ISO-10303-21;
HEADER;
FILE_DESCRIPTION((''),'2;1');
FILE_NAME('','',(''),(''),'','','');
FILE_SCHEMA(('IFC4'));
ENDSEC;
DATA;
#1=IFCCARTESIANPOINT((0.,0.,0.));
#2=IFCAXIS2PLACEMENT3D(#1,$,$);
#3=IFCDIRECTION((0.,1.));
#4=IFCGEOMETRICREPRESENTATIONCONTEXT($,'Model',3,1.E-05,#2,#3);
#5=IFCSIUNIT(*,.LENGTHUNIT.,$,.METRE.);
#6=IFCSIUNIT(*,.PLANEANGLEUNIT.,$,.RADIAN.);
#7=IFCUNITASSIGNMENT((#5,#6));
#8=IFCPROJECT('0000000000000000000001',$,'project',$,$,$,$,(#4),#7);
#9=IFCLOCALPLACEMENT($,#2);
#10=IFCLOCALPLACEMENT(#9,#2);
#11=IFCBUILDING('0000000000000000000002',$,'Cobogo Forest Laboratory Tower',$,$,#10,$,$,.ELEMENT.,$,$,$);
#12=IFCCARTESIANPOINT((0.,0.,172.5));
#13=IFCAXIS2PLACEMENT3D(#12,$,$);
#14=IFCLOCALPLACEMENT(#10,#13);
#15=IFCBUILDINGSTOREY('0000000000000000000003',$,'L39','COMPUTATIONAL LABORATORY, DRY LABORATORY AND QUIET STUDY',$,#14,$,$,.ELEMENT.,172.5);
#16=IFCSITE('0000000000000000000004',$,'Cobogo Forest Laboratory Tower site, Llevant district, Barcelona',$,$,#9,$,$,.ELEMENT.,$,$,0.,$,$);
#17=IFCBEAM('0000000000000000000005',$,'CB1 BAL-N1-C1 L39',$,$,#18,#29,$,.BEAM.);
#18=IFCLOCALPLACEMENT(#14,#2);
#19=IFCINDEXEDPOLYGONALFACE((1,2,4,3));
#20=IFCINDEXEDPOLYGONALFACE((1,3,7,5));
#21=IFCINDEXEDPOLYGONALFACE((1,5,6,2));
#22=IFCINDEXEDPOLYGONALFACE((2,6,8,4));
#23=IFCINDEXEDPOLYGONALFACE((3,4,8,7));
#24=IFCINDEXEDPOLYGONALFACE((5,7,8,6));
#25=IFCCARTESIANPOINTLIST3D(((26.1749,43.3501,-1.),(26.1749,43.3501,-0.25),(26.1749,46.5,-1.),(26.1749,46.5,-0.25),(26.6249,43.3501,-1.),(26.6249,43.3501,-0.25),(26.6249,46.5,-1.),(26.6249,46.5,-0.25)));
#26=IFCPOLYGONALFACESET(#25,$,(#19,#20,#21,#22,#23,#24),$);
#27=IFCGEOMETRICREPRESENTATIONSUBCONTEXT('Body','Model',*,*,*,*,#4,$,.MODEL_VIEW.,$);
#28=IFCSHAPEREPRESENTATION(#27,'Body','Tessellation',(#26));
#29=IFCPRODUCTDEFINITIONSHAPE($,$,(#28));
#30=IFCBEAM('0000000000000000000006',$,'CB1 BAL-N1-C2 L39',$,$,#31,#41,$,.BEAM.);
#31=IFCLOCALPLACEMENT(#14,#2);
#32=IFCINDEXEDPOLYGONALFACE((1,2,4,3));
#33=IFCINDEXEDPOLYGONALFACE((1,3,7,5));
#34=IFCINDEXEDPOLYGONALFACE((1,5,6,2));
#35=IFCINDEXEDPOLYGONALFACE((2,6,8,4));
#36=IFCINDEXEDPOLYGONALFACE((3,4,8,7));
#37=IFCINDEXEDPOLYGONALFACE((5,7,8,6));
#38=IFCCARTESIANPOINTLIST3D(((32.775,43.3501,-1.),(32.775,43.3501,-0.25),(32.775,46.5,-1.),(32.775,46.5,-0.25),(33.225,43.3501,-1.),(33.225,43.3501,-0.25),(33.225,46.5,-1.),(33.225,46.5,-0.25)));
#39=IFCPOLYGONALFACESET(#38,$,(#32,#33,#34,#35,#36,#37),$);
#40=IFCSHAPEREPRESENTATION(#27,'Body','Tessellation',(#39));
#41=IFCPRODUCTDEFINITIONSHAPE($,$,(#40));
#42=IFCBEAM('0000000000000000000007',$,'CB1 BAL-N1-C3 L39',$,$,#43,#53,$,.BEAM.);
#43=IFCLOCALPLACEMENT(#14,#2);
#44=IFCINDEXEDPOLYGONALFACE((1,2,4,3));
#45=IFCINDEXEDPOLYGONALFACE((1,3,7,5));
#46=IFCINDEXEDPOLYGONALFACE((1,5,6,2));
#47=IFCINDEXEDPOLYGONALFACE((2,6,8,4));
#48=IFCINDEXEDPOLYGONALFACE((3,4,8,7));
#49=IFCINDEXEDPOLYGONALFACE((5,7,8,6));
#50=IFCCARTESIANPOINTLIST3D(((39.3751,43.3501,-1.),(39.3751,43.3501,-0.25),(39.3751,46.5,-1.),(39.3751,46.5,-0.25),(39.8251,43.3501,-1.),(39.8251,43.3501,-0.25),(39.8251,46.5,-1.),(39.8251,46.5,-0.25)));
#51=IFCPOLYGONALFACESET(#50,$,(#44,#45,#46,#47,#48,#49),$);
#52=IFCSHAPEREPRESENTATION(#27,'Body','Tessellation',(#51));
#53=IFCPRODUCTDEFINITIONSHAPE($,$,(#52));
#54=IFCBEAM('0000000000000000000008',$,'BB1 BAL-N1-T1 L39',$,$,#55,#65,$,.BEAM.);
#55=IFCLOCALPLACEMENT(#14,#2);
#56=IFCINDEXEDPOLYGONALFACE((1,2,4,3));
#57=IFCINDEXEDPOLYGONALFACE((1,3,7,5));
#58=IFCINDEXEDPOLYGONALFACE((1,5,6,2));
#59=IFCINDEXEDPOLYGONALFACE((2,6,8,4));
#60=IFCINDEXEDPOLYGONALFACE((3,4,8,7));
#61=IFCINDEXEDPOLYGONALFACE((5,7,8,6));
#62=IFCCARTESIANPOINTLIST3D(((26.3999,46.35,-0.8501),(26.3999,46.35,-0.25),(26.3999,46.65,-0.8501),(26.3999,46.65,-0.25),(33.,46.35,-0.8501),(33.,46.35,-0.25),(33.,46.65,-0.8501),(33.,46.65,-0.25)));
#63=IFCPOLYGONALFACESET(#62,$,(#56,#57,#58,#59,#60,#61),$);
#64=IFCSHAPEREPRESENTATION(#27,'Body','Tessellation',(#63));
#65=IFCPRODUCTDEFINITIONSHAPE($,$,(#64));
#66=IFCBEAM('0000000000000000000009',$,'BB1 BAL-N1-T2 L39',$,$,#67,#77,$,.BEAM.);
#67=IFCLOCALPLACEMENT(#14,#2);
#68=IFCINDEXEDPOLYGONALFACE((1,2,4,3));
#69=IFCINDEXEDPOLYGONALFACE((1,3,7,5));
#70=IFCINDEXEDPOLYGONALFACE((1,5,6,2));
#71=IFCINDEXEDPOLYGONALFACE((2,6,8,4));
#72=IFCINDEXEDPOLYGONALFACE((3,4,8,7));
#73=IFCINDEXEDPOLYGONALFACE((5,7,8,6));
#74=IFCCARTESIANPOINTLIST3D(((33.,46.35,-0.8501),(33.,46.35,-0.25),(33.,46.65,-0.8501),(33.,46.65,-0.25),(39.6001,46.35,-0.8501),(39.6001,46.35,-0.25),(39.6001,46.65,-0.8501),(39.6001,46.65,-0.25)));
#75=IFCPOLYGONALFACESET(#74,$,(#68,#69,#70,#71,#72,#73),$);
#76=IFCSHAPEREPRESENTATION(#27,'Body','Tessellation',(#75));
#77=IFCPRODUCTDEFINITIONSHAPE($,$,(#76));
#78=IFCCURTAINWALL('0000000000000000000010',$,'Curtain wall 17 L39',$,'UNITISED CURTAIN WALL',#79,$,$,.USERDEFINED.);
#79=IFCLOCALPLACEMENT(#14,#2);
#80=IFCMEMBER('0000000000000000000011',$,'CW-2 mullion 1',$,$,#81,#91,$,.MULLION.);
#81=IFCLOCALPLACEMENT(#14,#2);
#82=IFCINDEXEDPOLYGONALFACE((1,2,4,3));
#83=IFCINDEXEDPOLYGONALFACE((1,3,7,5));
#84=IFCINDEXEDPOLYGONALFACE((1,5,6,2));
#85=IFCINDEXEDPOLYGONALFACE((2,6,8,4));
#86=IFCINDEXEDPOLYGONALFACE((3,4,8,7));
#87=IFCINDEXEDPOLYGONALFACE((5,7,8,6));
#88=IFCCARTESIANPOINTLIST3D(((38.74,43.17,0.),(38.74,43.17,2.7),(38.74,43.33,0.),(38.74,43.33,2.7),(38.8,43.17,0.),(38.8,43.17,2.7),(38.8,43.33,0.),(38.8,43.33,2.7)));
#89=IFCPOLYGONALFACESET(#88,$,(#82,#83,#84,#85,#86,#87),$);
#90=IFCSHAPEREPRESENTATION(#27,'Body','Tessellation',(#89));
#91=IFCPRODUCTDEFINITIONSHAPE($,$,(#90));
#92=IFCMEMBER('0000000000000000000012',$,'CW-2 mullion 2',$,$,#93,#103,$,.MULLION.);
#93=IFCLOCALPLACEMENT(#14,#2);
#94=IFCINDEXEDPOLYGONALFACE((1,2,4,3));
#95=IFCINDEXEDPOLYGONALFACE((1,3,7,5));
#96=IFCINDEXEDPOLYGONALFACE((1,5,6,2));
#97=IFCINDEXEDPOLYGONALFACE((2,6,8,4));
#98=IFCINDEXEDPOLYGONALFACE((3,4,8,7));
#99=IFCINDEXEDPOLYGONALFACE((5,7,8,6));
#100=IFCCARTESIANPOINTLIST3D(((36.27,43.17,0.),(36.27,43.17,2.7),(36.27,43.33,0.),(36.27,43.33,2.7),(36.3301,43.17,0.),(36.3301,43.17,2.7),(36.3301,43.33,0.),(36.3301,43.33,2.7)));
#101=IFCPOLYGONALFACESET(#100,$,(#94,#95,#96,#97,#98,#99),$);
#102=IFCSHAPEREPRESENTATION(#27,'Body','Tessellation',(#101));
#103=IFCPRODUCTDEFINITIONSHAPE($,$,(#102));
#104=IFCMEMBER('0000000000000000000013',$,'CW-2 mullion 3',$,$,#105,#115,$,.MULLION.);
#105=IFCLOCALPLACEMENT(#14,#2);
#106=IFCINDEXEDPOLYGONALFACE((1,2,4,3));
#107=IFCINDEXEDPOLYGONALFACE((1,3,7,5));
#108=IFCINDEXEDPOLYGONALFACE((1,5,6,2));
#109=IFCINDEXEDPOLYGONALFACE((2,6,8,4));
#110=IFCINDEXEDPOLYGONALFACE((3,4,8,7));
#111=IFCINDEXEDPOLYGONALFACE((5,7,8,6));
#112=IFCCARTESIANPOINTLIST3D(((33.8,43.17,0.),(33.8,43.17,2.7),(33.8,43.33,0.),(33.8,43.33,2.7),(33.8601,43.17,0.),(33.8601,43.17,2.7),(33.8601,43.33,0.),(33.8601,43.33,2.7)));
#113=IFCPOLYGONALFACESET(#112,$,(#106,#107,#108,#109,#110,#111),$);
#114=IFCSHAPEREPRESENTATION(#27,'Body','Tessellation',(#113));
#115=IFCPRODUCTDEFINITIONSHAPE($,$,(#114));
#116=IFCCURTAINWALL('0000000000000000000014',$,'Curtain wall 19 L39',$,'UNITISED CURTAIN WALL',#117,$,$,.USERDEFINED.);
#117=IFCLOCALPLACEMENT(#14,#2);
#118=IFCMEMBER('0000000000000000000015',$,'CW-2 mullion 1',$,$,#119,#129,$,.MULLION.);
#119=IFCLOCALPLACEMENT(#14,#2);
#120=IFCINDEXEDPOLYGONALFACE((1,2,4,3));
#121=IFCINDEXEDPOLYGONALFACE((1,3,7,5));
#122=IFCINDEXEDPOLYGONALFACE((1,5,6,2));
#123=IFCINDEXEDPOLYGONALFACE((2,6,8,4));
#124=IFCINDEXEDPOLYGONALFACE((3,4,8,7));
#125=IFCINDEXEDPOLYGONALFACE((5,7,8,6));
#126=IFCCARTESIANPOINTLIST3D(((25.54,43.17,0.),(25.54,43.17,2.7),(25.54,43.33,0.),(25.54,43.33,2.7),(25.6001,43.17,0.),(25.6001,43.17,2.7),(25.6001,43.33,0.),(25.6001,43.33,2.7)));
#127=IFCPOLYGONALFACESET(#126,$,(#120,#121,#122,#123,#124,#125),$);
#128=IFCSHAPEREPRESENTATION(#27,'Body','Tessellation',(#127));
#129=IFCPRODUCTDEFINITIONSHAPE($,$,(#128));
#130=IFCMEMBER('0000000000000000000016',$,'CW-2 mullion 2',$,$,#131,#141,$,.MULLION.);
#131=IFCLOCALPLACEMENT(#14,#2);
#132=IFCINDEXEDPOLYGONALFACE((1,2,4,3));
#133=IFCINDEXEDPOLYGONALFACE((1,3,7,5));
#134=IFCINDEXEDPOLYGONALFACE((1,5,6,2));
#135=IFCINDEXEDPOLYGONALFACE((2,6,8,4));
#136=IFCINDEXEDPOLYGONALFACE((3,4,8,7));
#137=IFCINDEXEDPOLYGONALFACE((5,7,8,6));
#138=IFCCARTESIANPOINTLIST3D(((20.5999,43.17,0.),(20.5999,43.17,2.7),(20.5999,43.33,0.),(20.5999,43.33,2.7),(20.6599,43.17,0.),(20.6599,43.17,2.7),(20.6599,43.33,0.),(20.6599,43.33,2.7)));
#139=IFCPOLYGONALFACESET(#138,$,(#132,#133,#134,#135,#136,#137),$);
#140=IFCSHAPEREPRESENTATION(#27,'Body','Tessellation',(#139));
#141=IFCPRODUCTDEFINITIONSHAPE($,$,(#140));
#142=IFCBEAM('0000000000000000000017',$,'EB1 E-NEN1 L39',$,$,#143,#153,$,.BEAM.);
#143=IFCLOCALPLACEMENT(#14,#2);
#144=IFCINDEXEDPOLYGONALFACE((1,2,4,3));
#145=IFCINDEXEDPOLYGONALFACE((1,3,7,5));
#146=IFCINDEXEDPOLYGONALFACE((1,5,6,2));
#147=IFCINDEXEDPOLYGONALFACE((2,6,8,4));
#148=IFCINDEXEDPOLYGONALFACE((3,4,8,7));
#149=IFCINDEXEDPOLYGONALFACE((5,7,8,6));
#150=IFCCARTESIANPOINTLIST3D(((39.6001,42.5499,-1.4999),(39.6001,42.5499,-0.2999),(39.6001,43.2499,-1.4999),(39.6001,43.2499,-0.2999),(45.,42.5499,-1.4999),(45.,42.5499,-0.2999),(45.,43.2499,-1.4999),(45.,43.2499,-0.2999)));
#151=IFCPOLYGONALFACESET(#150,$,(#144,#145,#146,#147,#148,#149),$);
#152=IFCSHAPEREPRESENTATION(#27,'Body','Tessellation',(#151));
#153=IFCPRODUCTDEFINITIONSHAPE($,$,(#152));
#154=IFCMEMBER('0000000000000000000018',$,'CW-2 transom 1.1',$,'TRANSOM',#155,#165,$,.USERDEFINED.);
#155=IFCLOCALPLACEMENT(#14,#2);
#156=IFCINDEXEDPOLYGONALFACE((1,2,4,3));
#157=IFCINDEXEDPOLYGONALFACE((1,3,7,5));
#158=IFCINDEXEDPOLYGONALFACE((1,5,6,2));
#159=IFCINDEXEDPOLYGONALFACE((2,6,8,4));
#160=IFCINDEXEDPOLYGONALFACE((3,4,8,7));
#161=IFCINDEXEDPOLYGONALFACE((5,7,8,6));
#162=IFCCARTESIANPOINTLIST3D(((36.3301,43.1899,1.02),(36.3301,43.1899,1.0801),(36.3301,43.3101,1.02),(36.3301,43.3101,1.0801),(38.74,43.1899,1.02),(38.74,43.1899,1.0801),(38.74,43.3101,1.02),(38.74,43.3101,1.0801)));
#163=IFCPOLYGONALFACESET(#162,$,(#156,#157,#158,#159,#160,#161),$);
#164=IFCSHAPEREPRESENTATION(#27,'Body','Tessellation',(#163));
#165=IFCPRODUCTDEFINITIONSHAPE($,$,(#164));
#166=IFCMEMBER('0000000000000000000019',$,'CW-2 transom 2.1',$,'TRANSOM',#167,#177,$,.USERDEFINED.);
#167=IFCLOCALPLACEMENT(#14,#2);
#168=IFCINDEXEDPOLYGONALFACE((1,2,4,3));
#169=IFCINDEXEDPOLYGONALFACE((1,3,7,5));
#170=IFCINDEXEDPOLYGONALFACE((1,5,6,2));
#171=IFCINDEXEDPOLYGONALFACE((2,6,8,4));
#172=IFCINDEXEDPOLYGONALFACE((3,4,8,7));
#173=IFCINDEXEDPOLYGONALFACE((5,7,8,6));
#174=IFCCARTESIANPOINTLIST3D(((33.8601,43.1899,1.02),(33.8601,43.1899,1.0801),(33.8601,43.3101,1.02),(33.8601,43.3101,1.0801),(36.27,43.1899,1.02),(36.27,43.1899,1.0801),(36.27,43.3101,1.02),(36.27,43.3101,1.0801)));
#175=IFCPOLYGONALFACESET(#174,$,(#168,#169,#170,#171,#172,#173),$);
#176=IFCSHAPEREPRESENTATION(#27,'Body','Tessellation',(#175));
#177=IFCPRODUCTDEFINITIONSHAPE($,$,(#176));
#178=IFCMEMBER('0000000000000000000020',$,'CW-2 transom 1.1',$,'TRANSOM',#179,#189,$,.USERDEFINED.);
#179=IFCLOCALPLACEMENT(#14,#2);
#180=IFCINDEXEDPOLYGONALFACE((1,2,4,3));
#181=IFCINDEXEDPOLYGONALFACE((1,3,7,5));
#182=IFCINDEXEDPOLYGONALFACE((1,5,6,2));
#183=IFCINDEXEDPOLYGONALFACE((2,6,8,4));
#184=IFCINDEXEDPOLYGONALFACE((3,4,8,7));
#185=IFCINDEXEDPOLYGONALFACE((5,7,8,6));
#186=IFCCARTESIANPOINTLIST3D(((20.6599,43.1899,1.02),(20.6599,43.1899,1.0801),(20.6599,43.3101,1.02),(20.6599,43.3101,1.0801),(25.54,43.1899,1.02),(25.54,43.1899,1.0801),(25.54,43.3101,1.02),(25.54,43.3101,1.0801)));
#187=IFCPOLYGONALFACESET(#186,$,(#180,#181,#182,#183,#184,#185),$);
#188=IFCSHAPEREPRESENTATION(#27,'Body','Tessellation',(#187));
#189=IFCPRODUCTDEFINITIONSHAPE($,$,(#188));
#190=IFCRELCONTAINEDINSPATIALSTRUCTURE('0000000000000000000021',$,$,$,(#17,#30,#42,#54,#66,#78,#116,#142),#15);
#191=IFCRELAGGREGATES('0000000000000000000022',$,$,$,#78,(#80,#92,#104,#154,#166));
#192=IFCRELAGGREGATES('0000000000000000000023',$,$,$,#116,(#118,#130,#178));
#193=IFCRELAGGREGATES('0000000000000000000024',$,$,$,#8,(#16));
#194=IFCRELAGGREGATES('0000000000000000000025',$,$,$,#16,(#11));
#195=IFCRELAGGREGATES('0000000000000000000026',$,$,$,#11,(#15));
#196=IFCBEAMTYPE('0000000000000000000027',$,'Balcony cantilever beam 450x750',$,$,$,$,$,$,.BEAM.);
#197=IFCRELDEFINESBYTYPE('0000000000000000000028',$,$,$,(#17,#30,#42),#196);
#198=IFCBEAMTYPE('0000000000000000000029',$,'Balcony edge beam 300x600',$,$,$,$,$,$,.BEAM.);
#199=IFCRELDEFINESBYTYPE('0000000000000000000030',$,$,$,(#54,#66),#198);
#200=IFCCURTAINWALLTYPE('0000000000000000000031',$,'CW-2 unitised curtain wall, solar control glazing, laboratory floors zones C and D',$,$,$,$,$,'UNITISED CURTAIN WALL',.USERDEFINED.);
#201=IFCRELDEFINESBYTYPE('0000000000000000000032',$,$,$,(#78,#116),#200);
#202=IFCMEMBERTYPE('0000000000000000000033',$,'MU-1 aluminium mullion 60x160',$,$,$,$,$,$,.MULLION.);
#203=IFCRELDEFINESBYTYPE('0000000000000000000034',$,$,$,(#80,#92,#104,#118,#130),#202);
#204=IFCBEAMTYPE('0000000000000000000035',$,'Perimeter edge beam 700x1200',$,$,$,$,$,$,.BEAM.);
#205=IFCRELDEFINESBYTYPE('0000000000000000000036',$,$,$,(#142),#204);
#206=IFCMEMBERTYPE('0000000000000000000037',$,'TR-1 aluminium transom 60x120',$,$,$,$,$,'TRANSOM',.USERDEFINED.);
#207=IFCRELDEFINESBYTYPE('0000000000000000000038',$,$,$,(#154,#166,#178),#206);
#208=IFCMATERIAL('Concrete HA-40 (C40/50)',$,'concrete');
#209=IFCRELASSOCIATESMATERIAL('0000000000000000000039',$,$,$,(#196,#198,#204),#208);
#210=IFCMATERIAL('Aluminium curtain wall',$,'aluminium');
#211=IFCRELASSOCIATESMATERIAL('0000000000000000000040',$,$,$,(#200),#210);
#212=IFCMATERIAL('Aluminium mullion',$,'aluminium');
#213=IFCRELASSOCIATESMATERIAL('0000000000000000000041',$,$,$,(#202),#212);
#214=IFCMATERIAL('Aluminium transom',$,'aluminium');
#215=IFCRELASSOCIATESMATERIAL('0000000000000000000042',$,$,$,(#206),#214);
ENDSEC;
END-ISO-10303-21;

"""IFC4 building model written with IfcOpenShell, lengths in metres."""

from ifc_helpers import new_model, si_unit, direction, frame, origin, origin_2d, place, context, subcontext, project, spatial, rectangle, extrude, material, material_profile, profile_set, type_object, element, aggregate, save


model = new_model("IFC4")

# Units and contexts
model_context = context("Model", 3, precision=1e-05, world=origin(), true_north=direction((0.0, 1.0)))
body_context = subcontext(model_context, "Body", "Model", "MODEL_VIEW")
ifc_project = project(units=[si_unit("LENGTHUNIT", "METRE"), si_unit("PLANEANGLEUNIT", "RADIAN")], contexts=[model_context])

# Site, building, storey
site_placement = place(None, origin())
site = spatial("IfcSite", under=ifc_project, at=site_placement, Name="Cobogo Forest Laboratory Tower site, Llevant district, Barcelona", CompositionType="ELEMENT", RefElevation=0.0)
building_placement = place(site_placement, origin())
building = spatial("IfcBuilding", under=site, at=building_placement, Name="Cobogo Forest Laboratory Tower", CompositionType="ELEMENT")
storey_placement = place(building_placement, frame((0.0, 0.0, 172.5)))
storey = spatial("IfcBuildingStorey", under=building, at=storey_placement, Name="L39", Description="COMPUTATIONAL LABORATORY, DRY LABORATORY AND QUIET STUDY", CompositionType="ELEMENT", Elevation=172.5)

# Beams
ifc_material_1 = material(Name="Concrete HA-40 (C40/50)", Category="concrete")
ifc_material_profile_1 = material_profile(ifc_material_1, rectangle(XDim=0.45, YDim=0.75, at=origin_2d()), Name="RC 450x750")
ifc_profile_set_1 = profile_set([ifc_material_profile_1], Name="Concrete HA-40 (C40/50)")
beam_type_1 = type_object("IfcBeamType", Name="Balcony cantilever beam 450x750", PredefinedType="BEAM", material=ifc_profile_set_1)
for number, where, z_axis, x_axis, name in (
    (1, (26.3999, 43.3501, -0.625), (0.0, 1.0, 0.0), (-1.0, 0.0, 0.0), "CB1 BAL-N1-C1 L39"),
    (2, (33.0, 43.3501, -0.625), (0.0, 1.0, 0.0), (-1.0, 0.0, 0.0), "CB1 BAL-N1-C2 L39"),
    (3, (39.6001, 43.3501, -0.625), (0.0, 1.0, 0.0), (-1.0, 0.0, 0.0), "CB1 BAL-N1-C3 L39"),
):
    element("IfcBeam", number, at=place(storey_placement, frame(where, z_axis=z_axis, x_axis=x_axis)), inside=storey, type_object=beam_type_1, Name=name, PredefinedType="BEAM", context=body_context, shape_type="SweptSolid", body=[
        extrude(rectangle(XDim=0.45, YDim=0.75, at=origin_2d()), origin(), (0.0, 0.0, 1.0), 3.1499),
    ])
ifc_material_profile_2 = material_profile(ifc_material_1, rectangle(XDim=0.3, YDim=0.6001, at=origin_2d()), Name="RC 300x600")
ifc_profile_set_2 = profile_set([ifc_material_profile_2], Name="Concrete HA-40 (C40/50)")
beam_type_2 = type_object("IfcBeamType", Name="Balcony edge beam 300x600", PredefinedType="BEAM", material=ifc_profile_set_2)
for number, where, z_axis, x_axis, name in (
    (4, (26.3999, 46.5, -0.55), (1.0, 0.0, 0.0), (0.0, 1.0, 0.0), "BB1 BAL-N1-T1 L39"),
    (5, (33.0, 46.5, -0.55), (1.0, 0.0, 0.0), (0.0, 1.0, 0.0), "BB1 BAL-N1-T2 L39"),
):
    element("IfcBeam", number, at=place(storey_placement, frame(where, z_axis=z_axis, x_axis=x_axis)), inside=storey, type_object=beam_type_2, Name=name, PredefinedType="BEAM", context=body_context, shape_type="SweptSolid", body=[
        extrude(rectangle(XDim=0.3, YDim=0.6001, at=origin_2d()), origin(), (0.0, 0.0, 1.0), 6.6001),
    ])

# Curtain walls, members
ifc_material_2 = material(Name="Aluminium curtain wall", Category="aluminium")
curtain_wall_type = type_object("IfcCurtainWallType", Name="CW-2 unitised curtain wall, solar control glazing, laboratory floors zones C and D", ElementType="UNITISED CURTAIN WALL", PredefinedType="USERDEFINED", material=ifc_material_2)
curtain_wall_1_placement = place(storey_placement, origin())
curtain_wall_1 = element("IfcCurtainWall", 6, at=curtain_wall_1_placement, inside=storey, type_object=curtain_wall_type, Name="Curtain wall 17 L39", ObjectType="UNITISED CURTAIN WALL", PredefinedType="USERDEFINED")
ifc_material_3 = material(Name="Aluminium mullion", Category="aluminium")
ifc_material_profile_3 = material_profile(ifc_material_3, rectangle(XDim=0.0601, YDim=0.1599, at=origin_2d()), Name="AL 60x160")
ifc_profile_set_3 = profile_set([ifc_material_profile_3], Name="Aluminium mullion")
member_type_1 = type_object("IfcMemberType", Name="MU-1 aluminium mullion 60x160", PredefinedType="MULLION", material=ifc_profile_set_3)
member_1_placement = place(storey_placement, frame((38.77, 43.25, 0.0), z_axis=(0.0, 0.0, 1.0), x_axis=(-1.0, 0.0, 0.0)))
member_1 = element("IfcMember", 7, at=member_1_placement, type_object=member_type_1, Name="CW-2 mullion 1", PredefinedType="MULLION", context=body_context, shape_type="SweptSolid", body=[
    extrude(rectangle(XDim=0.0601, YDim=0.1599, at=origin_2d()), origin(), (0.0, 0.0, 1.0), 2.7),
])
member_2_placement = place(storey_placement, frame((36.3, 43.25, 0.0), z_axis=(0.0, 0.0, 1.0), x_axis=(-1.0, 0.0, 0.0)))
member_2 = element("IfcMember", 8, at=member_2_placement, type_object=member_type_1, Name="CW-2 mullion 2", PredefinedType="MULLION", context=body_context, shape_type="SweptSolid", body=[
    extrude(rectangle(XDim=0.0601, YDim=0.1599, at=origin_2d()), origin(), (0.0, 0.0, 1.0), 2.7),
])
member_3_placement = place(storey_placement, frame((33.8301, 43.25, 0.0), z_axis=(0.0, 0.0, 1.0), x_axis=(-1.0, 0.0, 0.0)))
member_3 = element("IfcMember", 9, at=member_3_placement, type_object=member_type_1, Name="CW-2 mullion 3", PredefinedType="MULLION", context=body_context, shape_type="SweptSolid", body=[
    extrude(rectangle(XDim=0.0601, YDim=0.1599, at=origin_2d()), origin(), (0.0, 0.0, 1.0), 2.7),
])
curtain_wall_2_placement = place(storey_placement, origin())
curtain_wall_2 = element("IfcCurtainWall", 10, at=curtain_wall_2_placement, inside=storey, type_object=curtain_wall_type, Name="Curtain wall 19 L39", ObjectType="UNITISED CURTAIN WALL", PredefinedType="USERDEFINED")
member_4_placement = place(storey_placement, frame((25.5701, 43.25, 0.0), z_axis=(0.0, 0.0, 1.0), x_axis=(-1.0, 0.0, 0.0)))
member_4 = element("IfcMember", 11, at=member_4_placement, type_object=member_type_1, Name="CW-2 mullion 1", PredefinedType="MULLION", context=body_context, shape_type="SweptSolid", body=[
    extrude(rectangle(XDim=0.0601, YDim=0.1599, at=origin_2d()), origin(), (0.0, 0.0, 1.0), 2.7),
])
member_5_placement = place(storey_placement, frame((20.6299, 43.25, 0.0), z_axis=(0.0, 0.0, 1.0), x_axis=(-1.0, 0.0, 0.0)))
member_5 = element("IfcMember", 12, at=member_5_placement, type_object=member_type_1, Name="CW-2 mullion 2", PredefinedType="MULLION", context=body_context, shape_type="SweptSolid", body=[
    extrude(rectangle(XDim=0.0601, YDim=0.1599, at=origin_2d()), origin(), (0.0, 0.0, 1.0), 2.7),
])

# Beam
ifc_material_profile_4 = material_profile(ifc_material_1, rectangle(XDim=0.7, YDim=1.2, at=origin_2d()), Name="RC 700x1200")
ifc_profile_set_4 = profile_set([ifc_material_profile_4], Name="Concrete HA-40 (C40/50)")
beam_type_3 = type_object("IfcBeamType", Name="Perimeter edge beam 700x1200", PredefinedType="BEAM", material=ifc_profile_set_4)
beam_placement = place(storey_placement, frame((39.6001, 42.8999, -0.8999), z_axis=(1.0, 0.0, 0.0), x_axis=(0.0, 1.0, 0.0)))
element("IfcBeam", 13, at=beam_placement, inside=storey, type_object=beam_type_3, Name="EB1 E-NEN1 L39", PredefinedType="BEAM", context=body_context, shape_type="SweptSolid", body=[
    extrude(rectangle(XDim=0.7, YDim=1.2, at=origin_2d()), origin(), (0.0, 0.0, 1.0), 5.3999),
])

# Members
ifc_material_4 = material(Name="Aluminium transom", Category="aluminium")
ifc_material_profile_5 = material_profile(ifc_material_4, rectangle(XDim=0.1201, YDim=0.0601, at=origin_2d()), Name="AL 60x120")
ifc_profile_set_5 = profile_set([ifc_material_profile_5], Name="Aluminium transom")
member_type_2 = type_object("IfcMemberType", Name="TR-1 aluminium transom 60x120", ElementType="TRANSOM", PredefinedType="USERDEFINED", material=ifc_profile_set_5)
member_6_placement = place(storey_placement, frame((38.74, 43.25, 1.05), z_axis=(-1.0, 0.0, 0.0), x_axis=(0.0, -1.0, 0.0)))
member_6 = element("IfcMember", 14, at=member_6_placement, type_object=member_type_2, Name="CW-2 transom 1.1", ObjectType="TRANSOM", PredefinedType="USERDEFINED", context=body_context, shape_type="SweptSolid", body=[
    extrude(rectangle(XDim=0.1201, YDim=0.0601, at=origin_2d()), origin(), (0.0, 0.0, 1.0), 2.4099),
])
member_7_placement = place(storey_placement, frame((36.27, 43.25, 1.05), z_axis=(-1.0, 0.0, 0.0), x_axis=(0.0, -1.0, 0.0)))
member_7 = element("IfcMember", 15, at=member_7_placement, type_object=member_type_2, Name="CW-2 transom 2.1", ObjectType="TRANSOM", PredefinedType="USERDEFINED", context=body_context, shape_type="SweptSolid", body=[
    extrude(rectangle(XDim=0.1201, YDim=0.0601, at=origin_2d()), origin(), (0.0, 0.0, 1.0), 2.4099),
])
member_8_placement = place(storey_placement, frame((25.54, 43.25, 1.05), z_axis=(-1.0, 0.0, 0.0), x_axis=(0.0, -1.0, 0.0)))
member_8 = element("IfcMember", 16, at=member_8_placement, type_object=member_type_2, Name="CW-2 transom 1.1", ObjectType="TRANSOM", PredefinedType="USERDEFINED", context=body_context, shape_type="SweptSolid", body=[
    extrude(rectangle(XDim=0.1201, YDim=0.0601, at=origin_2d()), origin(), (0.0, 0.0, 1.0), 4.8801),
])

aggregate(curtain_wall_1, [member_1, member_2, member_3, member_6, member_7])
aggregate(curtain_wall_2, [member_4, member_5, member_8])

save(model, "model.ifc")
